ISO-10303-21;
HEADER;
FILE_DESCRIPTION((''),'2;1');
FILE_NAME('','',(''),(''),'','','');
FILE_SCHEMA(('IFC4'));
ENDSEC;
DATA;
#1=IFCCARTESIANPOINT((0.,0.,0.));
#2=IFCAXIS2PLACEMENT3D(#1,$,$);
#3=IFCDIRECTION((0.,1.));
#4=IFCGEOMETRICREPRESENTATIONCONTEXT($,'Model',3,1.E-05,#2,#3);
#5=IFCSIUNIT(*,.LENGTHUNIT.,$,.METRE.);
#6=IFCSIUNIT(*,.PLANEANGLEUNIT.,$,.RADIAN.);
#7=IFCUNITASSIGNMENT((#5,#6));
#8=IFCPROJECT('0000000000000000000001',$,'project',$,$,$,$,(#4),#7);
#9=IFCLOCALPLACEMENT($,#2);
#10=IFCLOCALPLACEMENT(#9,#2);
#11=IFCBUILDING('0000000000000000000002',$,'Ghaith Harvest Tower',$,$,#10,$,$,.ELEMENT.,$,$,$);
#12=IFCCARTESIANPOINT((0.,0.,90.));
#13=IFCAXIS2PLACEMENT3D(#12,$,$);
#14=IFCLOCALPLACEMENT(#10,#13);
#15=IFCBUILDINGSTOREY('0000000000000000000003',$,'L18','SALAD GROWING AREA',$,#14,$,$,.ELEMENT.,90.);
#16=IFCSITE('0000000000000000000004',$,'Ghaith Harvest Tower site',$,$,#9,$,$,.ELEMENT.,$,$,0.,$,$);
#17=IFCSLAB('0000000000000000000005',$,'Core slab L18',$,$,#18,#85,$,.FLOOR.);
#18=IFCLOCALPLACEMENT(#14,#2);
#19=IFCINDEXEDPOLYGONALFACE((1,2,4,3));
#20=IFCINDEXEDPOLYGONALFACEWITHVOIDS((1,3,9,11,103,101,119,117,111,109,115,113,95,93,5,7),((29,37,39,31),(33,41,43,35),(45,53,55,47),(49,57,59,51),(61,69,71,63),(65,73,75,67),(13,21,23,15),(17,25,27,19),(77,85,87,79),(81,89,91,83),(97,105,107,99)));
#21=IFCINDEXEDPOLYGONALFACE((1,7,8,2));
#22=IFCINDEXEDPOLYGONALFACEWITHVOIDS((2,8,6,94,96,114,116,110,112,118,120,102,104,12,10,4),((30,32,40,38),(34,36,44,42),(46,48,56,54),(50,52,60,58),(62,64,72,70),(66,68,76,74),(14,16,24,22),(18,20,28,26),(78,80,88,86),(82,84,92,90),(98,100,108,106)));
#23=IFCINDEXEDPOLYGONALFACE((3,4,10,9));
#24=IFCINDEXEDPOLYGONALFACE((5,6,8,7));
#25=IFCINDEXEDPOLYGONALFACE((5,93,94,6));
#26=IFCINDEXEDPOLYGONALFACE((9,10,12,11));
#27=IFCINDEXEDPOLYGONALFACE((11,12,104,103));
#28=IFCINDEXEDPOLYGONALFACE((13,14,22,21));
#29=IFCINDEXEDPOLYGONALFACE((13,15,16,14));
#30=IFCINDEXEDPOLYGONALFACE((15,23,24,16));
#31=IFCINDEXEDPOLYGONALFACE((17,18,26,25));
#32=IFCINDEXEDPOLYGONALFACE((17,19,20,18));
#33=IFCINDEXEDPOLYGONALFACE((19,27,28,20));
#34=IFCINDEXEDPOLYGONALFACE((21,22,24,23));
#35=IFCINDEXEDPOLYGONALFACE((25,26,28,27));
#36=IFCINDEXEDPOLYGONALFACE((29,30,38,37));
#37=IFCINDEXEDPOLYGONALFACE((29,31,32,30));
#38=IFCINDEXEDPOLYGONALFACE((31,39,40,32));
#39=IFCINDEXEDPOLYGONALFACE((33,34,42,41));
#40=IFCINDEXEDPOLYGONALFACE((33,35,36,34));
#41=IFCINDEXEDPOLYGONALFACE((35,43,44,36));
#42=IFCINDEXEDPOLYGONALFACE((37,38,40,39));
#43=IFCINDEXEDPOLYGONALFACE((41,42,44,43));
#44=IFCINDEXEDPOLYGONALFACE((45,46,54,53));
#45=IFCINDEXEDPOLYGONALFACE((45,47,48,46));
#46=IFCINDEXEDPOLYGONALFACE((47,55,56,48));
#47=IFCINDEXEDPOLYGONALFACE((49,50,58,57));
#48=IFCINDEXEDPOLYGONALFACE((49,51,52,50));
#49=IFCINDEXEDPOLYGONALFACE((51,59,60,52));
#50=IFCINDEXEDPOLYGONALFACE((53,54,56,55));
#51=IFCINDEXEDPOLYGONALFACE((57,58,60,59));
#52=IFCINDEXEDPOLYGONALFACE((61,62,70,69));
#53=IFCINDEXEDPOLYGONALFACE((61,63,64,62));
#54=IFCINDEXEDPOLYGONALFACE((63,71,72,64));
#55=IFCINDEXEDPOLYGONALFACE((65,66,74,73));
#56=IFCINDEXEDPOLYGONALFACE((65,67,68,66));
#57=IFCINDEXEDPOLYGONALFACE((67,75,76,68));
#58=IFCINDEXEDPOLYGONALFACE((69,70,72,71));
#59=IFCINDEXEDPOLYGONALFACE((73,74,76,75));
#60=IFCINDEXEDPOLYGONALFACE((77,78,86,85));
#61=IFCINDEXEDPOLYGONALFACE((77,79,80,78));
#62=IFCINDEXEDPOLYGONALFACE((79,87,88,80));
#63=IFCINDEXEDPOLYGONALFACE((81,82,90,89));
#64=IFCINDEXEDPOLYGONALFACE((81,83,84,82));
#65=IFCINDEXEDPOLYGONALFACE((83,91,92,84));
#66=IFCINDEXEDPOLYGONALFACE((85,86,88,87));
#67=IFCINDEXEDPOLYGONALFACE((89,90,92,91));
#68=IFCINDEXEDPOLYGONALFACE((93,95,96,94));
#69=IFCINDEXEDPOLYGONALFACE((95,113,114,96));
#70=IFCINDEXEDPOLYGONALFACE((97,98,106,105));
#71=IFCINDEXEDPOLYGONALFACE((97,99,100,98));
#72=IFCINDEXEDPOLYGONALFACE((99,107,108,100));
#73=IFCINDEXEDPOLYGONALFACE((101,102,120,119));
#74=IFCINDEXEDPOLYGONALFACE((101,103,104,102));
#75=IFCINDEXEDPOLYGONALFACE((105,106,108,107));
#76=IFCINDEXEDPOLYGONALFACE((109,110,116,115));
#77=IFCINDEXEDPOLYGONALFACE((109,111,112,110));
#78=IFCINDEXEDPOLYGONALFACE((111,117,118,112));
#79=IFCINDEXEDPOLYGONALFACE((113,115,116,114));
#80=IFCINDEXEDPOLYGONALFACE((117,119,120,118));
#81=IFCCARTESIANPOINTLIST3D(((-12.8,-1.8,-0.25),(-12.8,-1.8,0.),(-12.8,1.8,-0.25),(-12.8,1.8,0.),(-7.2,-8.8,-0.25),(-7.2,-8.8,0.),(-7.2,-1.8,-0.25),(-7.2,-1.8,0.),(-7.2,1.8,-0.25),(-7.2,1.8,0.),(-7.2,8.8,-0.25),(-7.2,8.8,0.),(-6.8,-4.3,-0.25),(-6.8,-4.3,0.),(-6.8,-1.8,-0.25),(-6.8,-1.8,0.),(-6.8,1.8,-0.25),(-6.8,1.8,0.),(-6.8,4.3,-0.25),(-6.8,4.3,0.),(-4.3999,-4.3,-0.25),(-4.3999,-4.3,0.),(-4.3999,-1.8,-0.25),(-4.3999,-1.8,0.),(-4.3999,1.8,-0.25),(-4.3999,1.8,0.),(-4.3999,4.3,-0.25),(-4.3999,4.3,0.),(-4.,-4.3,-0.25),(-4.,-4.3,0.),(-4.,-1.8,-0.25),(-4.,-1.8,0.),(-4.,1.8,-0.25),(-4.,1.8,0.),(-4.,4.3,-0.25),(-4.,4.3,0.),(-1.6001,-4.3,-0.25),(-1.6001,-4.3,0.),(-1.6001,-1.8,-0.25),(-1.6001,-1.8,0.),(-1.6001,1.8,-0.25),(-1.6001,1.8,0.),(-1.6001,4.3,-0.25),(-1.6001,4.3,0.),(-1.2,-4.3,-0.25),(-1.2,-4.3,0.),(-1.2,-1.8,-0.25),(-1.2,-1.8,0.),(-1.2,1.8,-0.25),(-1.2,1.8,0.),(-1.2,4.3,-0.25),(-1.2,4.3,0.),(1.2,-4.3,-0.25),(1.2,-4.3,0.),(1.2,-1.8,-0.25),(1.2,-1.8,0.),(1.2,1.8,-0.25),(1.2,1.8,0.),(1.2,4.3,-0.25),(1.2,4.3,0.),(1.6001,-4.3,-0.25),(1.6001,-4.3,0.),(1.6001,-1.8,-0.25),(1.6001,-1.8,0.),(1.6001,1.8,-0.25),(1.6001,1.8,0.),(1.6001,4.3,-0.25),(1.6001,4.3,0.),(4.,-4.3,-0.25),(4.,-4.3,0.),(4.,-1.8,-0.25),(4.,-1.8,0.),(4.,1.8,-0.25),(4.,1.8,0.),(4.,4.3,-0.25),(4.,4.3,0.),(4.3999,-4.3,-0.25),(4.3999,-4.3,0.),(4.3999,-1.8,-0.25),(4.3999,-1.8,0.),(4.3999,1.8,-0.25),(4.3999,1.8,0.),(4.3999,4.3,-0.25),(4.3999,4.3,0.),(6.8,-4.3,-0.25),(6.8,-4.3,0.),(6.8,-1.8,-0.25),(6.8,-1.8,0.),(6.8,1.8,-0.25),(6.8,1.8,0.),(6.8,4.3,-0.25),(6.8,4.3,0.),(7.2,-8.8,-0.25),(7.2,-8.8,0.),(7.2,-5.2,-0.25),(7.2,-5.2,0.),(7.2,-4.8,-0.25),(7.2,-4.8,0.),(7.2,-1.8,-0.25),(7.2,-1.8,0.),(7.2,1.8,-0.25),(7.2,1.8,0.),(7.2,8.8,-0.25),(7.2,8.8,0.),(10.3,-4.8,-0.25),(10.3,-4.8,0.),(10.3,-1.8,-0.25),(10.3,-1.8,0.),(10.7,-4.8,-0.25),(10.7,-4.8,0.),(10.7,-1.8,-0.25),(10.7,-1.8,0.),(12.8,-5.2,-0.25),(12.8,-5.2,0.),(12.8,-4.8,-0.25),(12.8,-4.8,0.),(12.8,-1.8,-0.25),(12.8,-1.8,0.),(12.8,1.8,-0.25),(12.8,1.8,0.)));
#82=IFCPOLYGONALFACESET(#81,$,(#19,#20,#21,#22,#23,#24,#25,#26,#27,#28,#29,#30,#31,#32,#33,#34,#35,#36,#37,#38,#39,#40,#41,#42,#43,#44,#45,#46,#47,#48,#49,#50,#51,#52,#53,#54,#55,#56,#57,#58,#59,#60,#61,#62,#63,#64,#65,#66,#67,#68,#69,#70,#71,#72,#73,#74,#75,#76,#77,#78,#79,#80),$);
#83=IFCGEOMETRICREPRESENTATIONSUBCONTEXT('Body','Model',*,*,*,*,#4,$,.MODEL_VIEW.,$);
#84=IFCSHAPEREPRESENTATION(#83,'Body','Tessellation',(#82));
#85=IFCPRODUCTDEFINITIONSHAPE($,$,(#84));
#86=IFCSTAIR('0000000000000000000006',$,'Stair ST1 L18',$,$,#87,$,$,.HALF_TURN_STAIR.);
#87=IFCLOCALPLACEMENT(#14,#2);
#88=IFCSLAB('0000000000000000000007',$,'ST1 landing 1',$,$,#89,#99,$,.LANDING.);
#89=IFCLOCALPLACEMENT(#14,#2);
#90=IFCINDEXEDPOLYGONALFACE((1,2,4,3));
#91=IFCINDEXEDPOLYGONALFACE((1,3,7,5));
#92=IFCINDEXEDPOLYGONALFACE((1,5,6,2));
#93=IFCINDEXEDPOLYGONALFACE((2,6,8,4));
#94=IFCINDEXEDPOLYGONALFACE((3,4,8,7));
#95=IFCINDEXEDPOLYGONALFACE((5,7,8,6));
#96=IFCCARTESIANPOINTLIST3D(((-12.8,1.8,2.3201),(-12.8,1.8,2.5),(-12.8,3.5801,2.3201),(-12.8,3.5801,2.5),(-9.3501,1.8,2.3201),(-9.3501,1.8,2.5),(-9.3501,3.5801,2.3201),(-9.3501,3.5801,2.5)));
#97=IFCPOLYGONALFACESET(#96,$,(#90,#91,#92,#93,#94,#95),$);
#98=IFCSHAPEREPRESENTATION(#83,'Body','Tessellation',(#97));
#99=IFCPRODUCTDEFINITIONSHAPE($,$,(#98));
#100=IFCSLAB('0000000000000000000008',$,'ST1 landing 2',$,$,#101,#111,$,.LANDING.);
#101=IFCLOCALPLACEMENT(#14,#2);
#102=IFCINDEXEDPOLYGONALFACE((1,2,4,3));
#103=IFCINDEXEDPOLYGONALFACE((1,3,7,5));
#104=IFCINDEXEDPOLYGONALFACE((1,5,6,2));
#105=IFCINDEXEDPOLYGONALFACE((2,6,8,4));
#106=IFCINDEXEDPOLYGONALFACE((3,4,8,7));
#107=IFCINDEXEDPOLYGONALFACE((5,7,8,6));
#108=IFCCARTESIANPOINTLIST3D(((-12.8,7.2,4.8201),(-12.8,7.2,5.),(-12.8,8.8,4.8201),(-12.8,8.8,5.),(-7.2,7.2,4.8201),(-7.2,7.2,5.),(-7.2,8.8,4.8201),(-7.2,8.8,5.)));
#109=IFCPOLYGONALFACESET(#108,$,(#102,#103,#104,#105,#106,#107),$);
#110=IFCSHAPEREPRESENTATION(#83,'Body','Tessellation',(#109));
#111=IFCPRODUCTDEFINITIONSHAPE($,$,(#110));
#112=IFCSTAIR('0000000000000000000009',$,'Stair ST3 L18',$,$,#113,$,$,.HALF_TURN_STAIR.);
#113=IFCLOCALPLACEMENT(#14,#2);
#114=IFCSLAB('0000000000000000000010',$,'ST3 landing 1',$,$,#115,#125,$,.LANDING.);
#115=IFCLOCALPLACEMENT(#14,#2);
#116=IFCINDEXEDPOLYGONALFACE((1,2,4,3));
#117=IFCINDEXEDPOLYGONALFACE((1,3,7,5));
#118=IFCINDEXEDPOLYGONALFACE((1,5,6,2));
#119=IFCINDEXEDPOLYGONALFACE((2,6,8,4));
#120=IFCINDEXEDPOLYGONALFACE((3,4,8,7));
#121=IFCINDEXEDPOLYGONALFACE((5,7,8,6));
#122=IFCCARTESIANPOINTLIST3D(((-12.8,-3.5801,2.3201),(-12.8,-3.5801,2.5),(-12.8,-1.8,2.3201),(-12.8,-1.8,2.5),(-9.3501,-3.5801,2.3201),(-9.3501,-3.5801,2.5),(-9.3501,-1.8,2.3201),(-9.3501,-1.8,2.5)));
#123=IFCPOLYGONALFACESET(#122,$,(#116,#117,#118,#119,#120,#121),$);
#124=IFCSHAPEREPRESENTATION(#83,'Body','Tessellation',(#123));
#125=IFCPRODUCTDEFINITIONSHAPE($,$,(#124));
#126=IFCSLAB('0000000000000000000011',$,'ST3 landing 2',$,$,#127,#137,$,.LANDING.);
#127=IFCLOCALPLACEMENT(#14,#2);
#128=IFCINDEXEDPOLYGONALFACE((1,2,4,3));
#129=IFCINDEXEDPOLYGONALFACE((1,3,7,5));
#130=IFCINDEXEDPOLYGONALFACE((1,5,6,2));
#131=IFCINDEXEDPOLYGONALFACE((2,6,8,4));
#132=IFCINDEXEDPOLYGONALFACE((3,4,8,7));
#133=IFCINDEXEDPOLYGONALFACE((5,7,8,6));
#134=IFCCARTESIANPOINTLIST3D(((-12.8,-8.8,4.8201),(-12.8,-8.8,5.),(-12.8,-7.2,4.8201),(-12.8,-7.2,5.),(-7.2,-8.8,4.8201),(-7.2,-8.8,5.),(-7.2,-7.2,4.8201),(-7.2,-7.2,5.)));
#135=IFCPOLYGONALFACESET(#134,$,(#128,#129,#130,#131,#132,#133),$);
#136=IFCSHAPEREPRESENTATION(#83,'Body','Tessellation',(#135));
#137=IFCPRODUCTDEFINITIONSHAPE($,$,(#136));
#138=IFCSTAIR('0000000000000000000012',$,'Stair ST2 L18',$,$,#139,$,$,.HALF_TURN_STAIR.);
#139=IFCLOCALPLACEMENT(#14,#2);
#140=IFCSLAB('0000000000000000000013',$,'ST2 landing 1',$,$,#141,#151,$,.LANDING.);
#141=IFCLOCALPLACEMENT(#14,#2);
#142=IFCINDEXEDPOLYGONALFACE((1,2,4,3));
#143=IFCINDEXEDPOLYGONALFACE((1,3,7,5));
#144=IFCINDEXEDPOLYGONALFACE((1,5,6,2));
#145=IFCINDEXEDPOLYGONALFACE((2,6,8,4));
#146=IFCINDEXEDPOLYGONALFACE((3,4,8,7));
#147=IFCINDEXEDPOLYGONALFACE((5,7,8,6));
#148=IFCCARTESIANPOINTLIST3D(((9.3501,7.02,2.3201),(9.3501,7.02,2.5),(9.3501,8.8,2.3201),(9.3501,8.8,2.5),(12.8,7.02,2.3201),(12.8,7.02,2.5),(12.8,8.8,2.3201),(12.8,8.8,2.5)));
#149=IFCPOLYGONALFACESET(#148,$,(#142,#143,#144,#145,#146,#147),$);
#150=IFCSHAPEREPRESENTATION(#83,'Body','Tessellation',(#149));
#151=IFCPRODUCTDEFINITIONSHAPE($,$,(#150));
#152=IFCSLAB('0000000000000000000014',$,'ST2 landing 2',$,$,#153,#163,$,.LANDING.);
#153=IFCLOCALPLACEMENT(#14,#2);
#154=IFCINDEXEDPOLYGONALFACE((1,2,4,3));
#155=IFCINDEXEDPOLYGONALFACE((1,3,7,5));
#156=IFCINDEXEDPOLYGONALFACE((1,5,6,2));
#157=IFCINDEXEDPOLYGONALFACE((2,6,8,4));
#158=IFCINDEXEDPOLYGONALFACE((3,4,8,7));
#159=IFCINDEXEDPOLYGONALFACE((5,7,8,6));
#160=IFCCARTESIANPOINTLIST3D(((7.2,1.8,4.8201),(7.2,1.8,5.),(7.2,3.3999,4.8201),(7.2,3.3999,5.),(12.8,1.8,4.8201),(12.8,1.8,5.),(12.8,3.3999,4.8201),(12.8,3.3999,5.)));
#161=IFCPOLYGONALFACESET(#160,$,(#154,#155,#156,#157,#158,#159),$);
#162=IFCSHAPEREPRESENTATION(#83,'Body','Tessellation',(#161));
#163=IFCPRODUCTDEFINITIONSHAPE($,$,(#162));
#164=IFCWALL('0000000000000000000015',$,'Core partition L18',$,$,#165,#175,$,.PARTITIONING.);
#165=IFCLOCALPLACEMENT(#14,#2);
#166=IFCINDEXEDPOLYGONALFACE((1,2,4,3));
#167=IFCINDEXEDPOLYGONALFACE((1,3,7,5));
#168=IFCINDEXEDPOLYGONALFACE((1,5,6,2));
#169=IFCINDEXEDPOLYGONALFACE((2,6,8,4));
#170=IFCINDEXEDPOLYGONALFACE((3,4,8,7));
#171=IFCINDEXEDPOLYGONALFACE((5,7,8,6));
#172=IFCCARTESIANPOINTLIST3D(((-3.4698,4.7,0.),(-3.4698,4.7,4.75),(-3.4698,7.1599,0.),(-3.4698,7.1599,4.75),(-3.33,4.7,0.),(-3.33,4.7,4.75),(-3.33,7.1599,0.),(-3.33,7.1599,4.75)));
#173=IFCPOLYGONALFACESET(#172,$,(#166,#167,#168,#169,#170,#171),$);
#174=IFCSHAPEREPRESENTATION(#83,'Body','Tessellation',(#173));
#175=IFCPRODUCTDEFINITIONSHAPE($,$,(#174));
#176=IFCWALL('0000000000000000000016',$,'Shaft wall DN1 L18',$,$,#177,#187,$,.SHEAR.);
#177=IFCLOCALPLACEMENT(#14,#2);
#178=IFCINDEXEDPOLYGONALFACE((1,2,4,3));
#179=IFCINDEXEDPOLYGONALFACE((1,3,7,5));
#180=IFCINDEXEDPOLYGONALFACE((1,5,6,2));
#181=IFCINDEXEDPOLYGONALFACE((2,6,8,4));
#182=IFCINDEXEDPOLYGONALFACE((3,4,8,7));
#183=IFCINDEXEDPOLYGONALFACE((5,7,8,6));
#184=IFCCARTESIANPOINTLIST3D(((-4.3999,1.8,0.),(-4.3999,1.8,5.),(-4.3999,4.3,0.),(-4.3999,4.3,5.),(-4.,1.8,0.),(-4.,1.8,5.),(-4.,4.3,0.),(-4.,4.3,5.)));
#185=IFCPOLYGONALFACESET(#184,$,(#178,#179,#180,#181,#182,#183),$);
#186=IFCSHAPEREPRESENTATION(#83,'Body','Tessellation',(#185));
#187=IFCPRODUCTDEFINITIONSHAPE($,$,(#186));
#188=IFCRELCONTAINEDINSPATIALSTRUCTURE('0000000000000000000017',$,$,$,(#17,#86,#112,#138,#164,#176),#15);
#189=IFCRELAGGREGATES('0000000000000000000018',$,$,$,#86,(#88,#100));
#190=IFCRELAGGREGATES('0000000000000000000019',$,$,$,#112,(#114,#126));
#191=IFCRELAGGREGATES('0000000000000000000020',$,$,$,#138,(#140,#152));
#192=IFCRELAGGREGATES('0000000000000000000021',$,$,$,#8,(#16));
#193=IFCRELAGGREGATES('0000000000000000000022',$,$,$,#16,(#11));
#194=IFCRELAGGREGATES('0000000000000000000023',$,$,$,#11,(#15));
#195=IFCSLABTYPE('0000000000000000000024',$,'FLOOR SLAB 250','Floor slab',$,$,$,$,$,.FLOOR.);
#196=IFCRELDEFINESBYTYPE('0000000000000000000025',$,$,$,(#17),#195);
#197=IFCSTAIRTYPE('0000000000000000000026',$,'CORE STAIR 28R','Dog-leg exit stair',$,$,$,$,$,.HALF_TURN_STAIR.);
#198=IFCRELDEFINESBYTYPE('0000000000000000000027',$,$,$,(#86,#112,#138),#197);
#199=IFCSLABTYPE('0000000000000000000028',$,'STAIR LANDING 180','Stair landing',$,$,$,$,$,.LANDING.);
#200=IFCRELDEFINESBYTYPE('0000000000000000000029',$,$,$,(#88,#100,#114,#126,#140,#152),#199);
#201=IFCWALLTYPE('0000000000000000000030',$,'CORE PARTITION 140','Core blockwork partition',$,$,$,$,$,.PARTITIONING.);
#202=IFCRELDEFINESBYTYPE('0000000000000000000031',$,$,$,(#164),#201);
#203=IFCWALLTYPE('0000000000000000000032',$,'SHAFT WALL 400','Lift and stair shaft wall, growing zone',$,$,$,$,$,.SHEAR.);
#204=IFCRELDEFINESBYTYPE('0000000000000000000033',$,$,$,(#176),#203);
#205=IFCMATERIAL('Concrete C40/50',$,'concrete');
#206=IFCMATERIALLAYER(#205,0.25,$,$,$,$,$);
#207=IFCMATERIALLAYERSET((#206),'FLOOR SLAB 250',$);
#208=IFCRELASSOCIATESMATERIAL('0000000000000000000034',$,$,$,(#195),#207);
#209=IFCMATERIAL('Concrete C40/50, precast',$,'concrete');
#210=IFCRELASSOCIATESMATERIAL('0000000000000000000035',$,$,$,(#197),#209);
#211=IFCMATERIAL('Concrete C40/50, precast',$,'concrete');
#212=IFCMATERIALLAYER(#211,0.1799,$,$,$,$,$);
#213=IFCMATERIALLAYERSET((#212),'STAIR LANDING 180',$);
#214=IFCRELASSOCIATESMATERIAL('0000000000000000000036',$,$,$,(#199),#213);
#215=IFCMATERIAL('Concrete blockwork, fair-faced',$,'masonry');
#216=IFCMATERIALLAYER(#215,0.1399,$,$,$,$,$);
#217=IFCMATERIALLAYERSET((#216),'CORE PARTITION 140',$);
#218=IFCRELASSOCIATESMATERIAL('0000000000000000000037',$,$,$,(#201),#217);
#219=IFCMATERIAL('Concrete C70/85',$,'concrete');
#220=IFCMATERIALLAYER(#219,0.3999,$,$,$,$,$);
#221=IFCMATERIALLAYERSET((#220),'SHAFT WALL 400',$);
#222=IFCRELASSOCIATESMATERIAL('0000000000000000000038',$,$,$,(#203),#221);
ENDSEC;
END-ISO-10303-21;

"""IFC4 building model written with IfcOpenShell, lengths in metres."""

from ifc_helpers import new_model, si_unit, direction, frame, frame_2d, origin, place, context, subcontext, project, spatial, polyline, rectangle, outline, extrude, material, layer, layer_set, type_object, element, aggregate, save


model = new_model("IFC4")

# Units and contexts
model_context = context("Model", 3, precision=1e-05, world=origin(), true_north=direction((0.0, 1.0)))
body_context = subcontext(model_context, "Body", "Model", "MODEL_VIEW")
ifc_project = project(units=[si_unit("LENGTHUNIT", "METRE"), si_unit("PLANEANGLEUNIT", "RADIAN")], contexts=[model_context])

# Site, building, storey
site_placement = place(None, origin())
site = spatial("IfcSite", under=ifc_project, at=site_placement, Name="Ghaith Harvest Tower site", CompositionType="ELEMENT", RefElevation=0.0)
building_placement = place(site_placement, origin())
building = spatial("IfcBuilding", under=site, at=building_placement, Name="Ghaith Harvest Tower", CompositionType="ELEMENT")
storey_placement = place(building_placement, frame((0.0, 0.0, 90.0)))
storey = spatial("IfcBuildingStorey", under=building, at=storey_placement, Name="L18", Description="SALAD GROWING AREA", CompositionType="ELEMENT", Elevation=90.0)

# Slab
ifc_material_1 = material(Name="Concrete C40/50", Category="concrete")
ifc_layer_1 = layer(ifc_material_1, 0.25)
ifc_layer_set_1 = layer_set([ifc_layer_1], Name="FLOOR SLAB 250")
slab_type_1 = type_object("IfcSlabType", Name="FLOOR SLAB 250", Description="Floor slab", PredefinedType="FLOOR", material=ifc_layer_set_1)
slab_1_placement = place(storey_placement, frame((0.0, 0.0, -0.25)))
element("IfcSlab", 1, at=slab_1_placement, inside=storey, type_object=slab_type_1, Name="Core slab L18", PredefinedType="FLOOR", context=body_context, shape_type="SweptSolid", body=[
    extrude(outline(polyline([(-12.8, 1.8), (-7.2, 1.8), (-7.2, 8.8), (7.2, 8.8), (7.2, 1.8), (12.8, 1.8), (12.8, -1.8), (10.7, -1.8), (10.7, -4.8), (12.8, -4.8), (12.8, -5.2), (7.2, -5.2), (7.2, -8.8), (-7.2, -8.8), (-7.2, -1.8), (-12.8, -1.8), (-12.8, 1.8)]), holes=[polyline([(-4.3999, -4.3), (-4.3999, -1.8), (-6.8, -1.8), (-6.8, -4.3), (-4.3999, -4.3)]), polyline([(-1.6001, -4.3), (-1.6001, -1.8), (-4.0, -1.8), (-4.0, -4.3), (-1.6001, -4.3)]), polyline([(1.2, -4.3), (1.2, -1.8), (-1.2, -1.8), (-1.2, -4.3), (1.2, -4.3)]), polyline([(-4.3999, 1.8), (-4.3999, 4.3), (-6.8, 4.3), (-6.8, 1.8), (-4.3999, 1.8)]), polyline([(-1.6001, 1.8), (-1.6001, 4.3), (-4.0, 4.3), (-4.0, 1.8), (-1.6001, 1.8)]), polyline([(1.2, 1.8), (1.2, 4.3), (-1.2, 4.3), (-1.2, 1.8), (1.2, 1.8)]), polyline([(10.3, -4.8), (10.3, -1.8), (7.2, -1.8), (7.2, -4.8), (10.3, -4.8)]), polyline([(4.0, -4.3), (4.0, -1.8), (1.6001, -1.8), (1.6001, -4.3), (4.0, -4.3)]), polyline([(6.8, -4.3), (6.8, -1.8), (4.3999, -1.8), (4.3999, -4.3), (6.8, -4.3)]), polyline([(4.0, 1.8), (4.0, 4.3), (1.6001, 4.3), (1.6001, 1.8), (4.0, 1.8)]), polyline([(6.8, 1.8), (6.8, 4.3), (4.3999, 4.3), (4.3999, 1.8), (6.8, 1.8)])]), origin(), (0.0, 0.0, 1.0), 0.25),
])

# Stairs, slabs
ifc_material_2 = material(Name="Concrete C40/50, precast", Category="concrete")
stair_type = type_object("IfcStairType", Name="CORE STAIR 28R", Description="Dog-leg exit stair", PredefinedType="HALF_TURN_STAIR", material=ifc_material_2)
stair_1_placement = place(storey_placement, origin())
stair_1 = element("IfcStair", 2, at=stair_1_placement, inside=storey, type_object=stair_type, Name="Stair ST1 L18", PredefinedType="HALF_TURN_STAIR")
ifc_material_3 = material(Name="Concrete C40/50, precast", Category="concrete")
ifc_layer_2 = layer(ifc_material_3, 0.1799)
ifc_layer_set_2 = layer_set([ifc_layer_2], Name="STAIR LANDING 180")
slab_type_2 = type_object("IfcSlabType", Name="STAIR LANDING 180", Description="Stair landing", PredefinedType="LANDING", material=ifc_layer_set_2)
slab_2_placement = place(storey_placement, frame((0.0, 0.0, 2.3201)))
slab_2 = element("IfcSlab", 3, at=slab_2_placement, type_object=slab_type_2, Name="ST1 landing 1", PredefinedType="LANDING", context=body_context, shape_type="SweptSolid", body=[
    extrude(outline(polyline([(-12.8, 3.5801), (-12.8, 1.8), (-9.3501, 1.8), (-9.3501, 3.5801), (-12.8, 3.5801)])), origin(), (0.0, 0.0, 1.0), 0.1799),
])
slab_3_placement = place(storey_placement, frame((0.0, 0.0, 4.8201)))
slab_3 = element("IfcSlab", 4, at=slab_3_placement, type_object=slab_type_2, Name="ST1 landing 2", PredefinedType="LANDING", context=body_context, shape_type="SweptSolid", body=[
    extrude(outline(polyline([(-12.8, 8.8), (-12.8, 7.2), (-7.2, 7.2), (-7.2, 8.8), (-12.8, 8.8)])), origin(), (0.0, 0.0, 1.0), 0.1799),
])
aggregate(stair_1, [slab_2, slab_3])
stair_2_placement = place(storey_placement, origin())
stair_2 = element("IfcStair", 5, at=stair_2_placement, inside=storey, type_object=stair_type, Name="Stair ST3 L18", PredefinedType="HALF_TURN_STAIR")
slab_4_placement = place(storey_placement, frame((0.0, 0.0, 2.3201)))
slab_4 = element("IfcSlab", 6, at=slab_4_placement, type_object=slab_type_2, Name="ST3 landing 1", PredefinedType="LANDING", context=body_context, shape_type="SweptSolid", body=[
    extrude(outline(polyline([(-12.8, -3.5801), (-12.8, -1.8), (-9.3501, -1.8), (-9.3501, -3.5801), (-12.8, -3.5801)])), origin(), (0.0, 0.0, 1.0), 0.1799),
])
slab_5_placement = place(storey_placement, frame((0.0, 0.0, 4.8201)))
slab_5 = element("IfcSlab", 7, at=slab_5_placement, type_object=slab_type_2, Name="ST3 landing 2", PredefinedType="LANDING", context=body_context, shape_type="SweptSolid", body=[
    extrude(outline(polyline([(-12.8, -8.8), (-12.8, -7.2), (-7.2, -7.2), (-7.2, -8.8), (-12.8, -8.8)])), origin(), (0.0, 0.0, 1.0), 0.1799),
])
aggregate(stair_2, [slab_4, slab_5])
stair_3_placement = place(storey_placement, origin())
stair_3 = element("IfcStair", 8, at=stair_3_placement, inside=storey, type_object=stair_type, Name="Stair ST2 L18", PredefinedType="HALF_TURN_STAIR")
slab_6_placement = place(storey_placement, frame((0.0, 0.0, 2.3201)))
slab_6 = element("IfcSlab", 9, at=slab_6_placement, type_object=slab_type_2, Name="ST2 landing 1", PredefinedType="LANDING", context=body_context, shape_type="SweptSolid", body=[
    extrude(outline(polyline([(12.8, 7.02), (12.8, 8.8), (9.3501, 8.8), (9.3501, 7.02), (12.8, 7.02)])), origin(), (0.0, 0.0, 1.0), 0.1799),
])
slab_7_placement = place(storey_placement, frame((0.0, 0.0, 4.8201)))
slab_7 = element("IfcSlab", 10, at=slab_7_placement, type_object=slab_type_2, Name="ST2 landing 2", PredefinedType="LANDING", context=body_context, shape_type="SweptSolid", body=[
    extrude(outline(polyline([(12.8, 1.8), (12.8, 3.3999), (7.2, 3.3999), (7.2, 1.8), (12.8, 1.8)])), origin(), (0.0, 0.0, 1.0), 0.1799),
])
aggregate(stair_3, [slab_6, slab_7])

# Walls
ifc_material_4 = material(Name="Concrete blockwork, fair-faced", Category="masonry")
ifc_layer_3 = layer(ifc_material_4, 0.1399)
ifc_layer_set_3 = layer_set([ifc_layer_3], Name="CORE PARTITION 140")
wall_type_1 = type_object("IfcWallType", Name="CORE PARTITION 140", Description="Core blockwork partition", PredefinedType="PARTITIONING", material=ifc_layer_set_3)
wall_placement = place(storey_placement, frame((-3.3999, 4.7, 0.0), z_axis=(0.0, 0.0, 1.0), x_axis=(0.0, 1.0, 0.0)))
element("IfcWall", 11, at=wall_placement, inside=storey, type_object=wall_type_1, Name="Core partition L18", PredefinedType="PARTITIONING", context=body_context, shape_type="SweptSolid", body=[
    extrude(rectangle(XDim=2.46, YDim=0.1399, at=frame_2d((1.23, 0.0))), origin(), (0.0, 0.0, 1.0), 4.75),
])
ifc_material_5 = material(Name="Concrete C70/85", Category="concrete")
ifc_layer_4 = layer(ifc_material_5, 0.3999)
ifc_layer_set_4 = layer_set([ifc_layer_4], Name="SHAFT WALL 400")
wall_type_2 = type_object("IfcWallType", Name="SHAFT WALL 400", Description="Lift and stair shaft wall, growing zone", PredefinedType="SHEAR", material=ifc_layer_set_4)
for number, where, z_axis, x_axis, name in (
    (12, (-4.2, 1.8, 0.0), (0.0, 0.0, 1.0), (0.0, 1.0, 0.0), "Shaft wall DN1 L18"),
):
    element("IfcWall", number, at=place(storey_placement, frame(where, z_axis=z_axis, x_axis=x_axis)), inside=storey, type_object=wall_type_2, Name=name, PredefinedType="SHEAR", context=body_context, shape_type="SweptSolid", body=[
        extrude(rectangle(XDim=2.5, YDim=0.3999, at=frame_2d((1.25, 0.0))), origin(), (0.0, 0.0, 1.0), 5.0),
    ])

save(model, "model.ifc")
